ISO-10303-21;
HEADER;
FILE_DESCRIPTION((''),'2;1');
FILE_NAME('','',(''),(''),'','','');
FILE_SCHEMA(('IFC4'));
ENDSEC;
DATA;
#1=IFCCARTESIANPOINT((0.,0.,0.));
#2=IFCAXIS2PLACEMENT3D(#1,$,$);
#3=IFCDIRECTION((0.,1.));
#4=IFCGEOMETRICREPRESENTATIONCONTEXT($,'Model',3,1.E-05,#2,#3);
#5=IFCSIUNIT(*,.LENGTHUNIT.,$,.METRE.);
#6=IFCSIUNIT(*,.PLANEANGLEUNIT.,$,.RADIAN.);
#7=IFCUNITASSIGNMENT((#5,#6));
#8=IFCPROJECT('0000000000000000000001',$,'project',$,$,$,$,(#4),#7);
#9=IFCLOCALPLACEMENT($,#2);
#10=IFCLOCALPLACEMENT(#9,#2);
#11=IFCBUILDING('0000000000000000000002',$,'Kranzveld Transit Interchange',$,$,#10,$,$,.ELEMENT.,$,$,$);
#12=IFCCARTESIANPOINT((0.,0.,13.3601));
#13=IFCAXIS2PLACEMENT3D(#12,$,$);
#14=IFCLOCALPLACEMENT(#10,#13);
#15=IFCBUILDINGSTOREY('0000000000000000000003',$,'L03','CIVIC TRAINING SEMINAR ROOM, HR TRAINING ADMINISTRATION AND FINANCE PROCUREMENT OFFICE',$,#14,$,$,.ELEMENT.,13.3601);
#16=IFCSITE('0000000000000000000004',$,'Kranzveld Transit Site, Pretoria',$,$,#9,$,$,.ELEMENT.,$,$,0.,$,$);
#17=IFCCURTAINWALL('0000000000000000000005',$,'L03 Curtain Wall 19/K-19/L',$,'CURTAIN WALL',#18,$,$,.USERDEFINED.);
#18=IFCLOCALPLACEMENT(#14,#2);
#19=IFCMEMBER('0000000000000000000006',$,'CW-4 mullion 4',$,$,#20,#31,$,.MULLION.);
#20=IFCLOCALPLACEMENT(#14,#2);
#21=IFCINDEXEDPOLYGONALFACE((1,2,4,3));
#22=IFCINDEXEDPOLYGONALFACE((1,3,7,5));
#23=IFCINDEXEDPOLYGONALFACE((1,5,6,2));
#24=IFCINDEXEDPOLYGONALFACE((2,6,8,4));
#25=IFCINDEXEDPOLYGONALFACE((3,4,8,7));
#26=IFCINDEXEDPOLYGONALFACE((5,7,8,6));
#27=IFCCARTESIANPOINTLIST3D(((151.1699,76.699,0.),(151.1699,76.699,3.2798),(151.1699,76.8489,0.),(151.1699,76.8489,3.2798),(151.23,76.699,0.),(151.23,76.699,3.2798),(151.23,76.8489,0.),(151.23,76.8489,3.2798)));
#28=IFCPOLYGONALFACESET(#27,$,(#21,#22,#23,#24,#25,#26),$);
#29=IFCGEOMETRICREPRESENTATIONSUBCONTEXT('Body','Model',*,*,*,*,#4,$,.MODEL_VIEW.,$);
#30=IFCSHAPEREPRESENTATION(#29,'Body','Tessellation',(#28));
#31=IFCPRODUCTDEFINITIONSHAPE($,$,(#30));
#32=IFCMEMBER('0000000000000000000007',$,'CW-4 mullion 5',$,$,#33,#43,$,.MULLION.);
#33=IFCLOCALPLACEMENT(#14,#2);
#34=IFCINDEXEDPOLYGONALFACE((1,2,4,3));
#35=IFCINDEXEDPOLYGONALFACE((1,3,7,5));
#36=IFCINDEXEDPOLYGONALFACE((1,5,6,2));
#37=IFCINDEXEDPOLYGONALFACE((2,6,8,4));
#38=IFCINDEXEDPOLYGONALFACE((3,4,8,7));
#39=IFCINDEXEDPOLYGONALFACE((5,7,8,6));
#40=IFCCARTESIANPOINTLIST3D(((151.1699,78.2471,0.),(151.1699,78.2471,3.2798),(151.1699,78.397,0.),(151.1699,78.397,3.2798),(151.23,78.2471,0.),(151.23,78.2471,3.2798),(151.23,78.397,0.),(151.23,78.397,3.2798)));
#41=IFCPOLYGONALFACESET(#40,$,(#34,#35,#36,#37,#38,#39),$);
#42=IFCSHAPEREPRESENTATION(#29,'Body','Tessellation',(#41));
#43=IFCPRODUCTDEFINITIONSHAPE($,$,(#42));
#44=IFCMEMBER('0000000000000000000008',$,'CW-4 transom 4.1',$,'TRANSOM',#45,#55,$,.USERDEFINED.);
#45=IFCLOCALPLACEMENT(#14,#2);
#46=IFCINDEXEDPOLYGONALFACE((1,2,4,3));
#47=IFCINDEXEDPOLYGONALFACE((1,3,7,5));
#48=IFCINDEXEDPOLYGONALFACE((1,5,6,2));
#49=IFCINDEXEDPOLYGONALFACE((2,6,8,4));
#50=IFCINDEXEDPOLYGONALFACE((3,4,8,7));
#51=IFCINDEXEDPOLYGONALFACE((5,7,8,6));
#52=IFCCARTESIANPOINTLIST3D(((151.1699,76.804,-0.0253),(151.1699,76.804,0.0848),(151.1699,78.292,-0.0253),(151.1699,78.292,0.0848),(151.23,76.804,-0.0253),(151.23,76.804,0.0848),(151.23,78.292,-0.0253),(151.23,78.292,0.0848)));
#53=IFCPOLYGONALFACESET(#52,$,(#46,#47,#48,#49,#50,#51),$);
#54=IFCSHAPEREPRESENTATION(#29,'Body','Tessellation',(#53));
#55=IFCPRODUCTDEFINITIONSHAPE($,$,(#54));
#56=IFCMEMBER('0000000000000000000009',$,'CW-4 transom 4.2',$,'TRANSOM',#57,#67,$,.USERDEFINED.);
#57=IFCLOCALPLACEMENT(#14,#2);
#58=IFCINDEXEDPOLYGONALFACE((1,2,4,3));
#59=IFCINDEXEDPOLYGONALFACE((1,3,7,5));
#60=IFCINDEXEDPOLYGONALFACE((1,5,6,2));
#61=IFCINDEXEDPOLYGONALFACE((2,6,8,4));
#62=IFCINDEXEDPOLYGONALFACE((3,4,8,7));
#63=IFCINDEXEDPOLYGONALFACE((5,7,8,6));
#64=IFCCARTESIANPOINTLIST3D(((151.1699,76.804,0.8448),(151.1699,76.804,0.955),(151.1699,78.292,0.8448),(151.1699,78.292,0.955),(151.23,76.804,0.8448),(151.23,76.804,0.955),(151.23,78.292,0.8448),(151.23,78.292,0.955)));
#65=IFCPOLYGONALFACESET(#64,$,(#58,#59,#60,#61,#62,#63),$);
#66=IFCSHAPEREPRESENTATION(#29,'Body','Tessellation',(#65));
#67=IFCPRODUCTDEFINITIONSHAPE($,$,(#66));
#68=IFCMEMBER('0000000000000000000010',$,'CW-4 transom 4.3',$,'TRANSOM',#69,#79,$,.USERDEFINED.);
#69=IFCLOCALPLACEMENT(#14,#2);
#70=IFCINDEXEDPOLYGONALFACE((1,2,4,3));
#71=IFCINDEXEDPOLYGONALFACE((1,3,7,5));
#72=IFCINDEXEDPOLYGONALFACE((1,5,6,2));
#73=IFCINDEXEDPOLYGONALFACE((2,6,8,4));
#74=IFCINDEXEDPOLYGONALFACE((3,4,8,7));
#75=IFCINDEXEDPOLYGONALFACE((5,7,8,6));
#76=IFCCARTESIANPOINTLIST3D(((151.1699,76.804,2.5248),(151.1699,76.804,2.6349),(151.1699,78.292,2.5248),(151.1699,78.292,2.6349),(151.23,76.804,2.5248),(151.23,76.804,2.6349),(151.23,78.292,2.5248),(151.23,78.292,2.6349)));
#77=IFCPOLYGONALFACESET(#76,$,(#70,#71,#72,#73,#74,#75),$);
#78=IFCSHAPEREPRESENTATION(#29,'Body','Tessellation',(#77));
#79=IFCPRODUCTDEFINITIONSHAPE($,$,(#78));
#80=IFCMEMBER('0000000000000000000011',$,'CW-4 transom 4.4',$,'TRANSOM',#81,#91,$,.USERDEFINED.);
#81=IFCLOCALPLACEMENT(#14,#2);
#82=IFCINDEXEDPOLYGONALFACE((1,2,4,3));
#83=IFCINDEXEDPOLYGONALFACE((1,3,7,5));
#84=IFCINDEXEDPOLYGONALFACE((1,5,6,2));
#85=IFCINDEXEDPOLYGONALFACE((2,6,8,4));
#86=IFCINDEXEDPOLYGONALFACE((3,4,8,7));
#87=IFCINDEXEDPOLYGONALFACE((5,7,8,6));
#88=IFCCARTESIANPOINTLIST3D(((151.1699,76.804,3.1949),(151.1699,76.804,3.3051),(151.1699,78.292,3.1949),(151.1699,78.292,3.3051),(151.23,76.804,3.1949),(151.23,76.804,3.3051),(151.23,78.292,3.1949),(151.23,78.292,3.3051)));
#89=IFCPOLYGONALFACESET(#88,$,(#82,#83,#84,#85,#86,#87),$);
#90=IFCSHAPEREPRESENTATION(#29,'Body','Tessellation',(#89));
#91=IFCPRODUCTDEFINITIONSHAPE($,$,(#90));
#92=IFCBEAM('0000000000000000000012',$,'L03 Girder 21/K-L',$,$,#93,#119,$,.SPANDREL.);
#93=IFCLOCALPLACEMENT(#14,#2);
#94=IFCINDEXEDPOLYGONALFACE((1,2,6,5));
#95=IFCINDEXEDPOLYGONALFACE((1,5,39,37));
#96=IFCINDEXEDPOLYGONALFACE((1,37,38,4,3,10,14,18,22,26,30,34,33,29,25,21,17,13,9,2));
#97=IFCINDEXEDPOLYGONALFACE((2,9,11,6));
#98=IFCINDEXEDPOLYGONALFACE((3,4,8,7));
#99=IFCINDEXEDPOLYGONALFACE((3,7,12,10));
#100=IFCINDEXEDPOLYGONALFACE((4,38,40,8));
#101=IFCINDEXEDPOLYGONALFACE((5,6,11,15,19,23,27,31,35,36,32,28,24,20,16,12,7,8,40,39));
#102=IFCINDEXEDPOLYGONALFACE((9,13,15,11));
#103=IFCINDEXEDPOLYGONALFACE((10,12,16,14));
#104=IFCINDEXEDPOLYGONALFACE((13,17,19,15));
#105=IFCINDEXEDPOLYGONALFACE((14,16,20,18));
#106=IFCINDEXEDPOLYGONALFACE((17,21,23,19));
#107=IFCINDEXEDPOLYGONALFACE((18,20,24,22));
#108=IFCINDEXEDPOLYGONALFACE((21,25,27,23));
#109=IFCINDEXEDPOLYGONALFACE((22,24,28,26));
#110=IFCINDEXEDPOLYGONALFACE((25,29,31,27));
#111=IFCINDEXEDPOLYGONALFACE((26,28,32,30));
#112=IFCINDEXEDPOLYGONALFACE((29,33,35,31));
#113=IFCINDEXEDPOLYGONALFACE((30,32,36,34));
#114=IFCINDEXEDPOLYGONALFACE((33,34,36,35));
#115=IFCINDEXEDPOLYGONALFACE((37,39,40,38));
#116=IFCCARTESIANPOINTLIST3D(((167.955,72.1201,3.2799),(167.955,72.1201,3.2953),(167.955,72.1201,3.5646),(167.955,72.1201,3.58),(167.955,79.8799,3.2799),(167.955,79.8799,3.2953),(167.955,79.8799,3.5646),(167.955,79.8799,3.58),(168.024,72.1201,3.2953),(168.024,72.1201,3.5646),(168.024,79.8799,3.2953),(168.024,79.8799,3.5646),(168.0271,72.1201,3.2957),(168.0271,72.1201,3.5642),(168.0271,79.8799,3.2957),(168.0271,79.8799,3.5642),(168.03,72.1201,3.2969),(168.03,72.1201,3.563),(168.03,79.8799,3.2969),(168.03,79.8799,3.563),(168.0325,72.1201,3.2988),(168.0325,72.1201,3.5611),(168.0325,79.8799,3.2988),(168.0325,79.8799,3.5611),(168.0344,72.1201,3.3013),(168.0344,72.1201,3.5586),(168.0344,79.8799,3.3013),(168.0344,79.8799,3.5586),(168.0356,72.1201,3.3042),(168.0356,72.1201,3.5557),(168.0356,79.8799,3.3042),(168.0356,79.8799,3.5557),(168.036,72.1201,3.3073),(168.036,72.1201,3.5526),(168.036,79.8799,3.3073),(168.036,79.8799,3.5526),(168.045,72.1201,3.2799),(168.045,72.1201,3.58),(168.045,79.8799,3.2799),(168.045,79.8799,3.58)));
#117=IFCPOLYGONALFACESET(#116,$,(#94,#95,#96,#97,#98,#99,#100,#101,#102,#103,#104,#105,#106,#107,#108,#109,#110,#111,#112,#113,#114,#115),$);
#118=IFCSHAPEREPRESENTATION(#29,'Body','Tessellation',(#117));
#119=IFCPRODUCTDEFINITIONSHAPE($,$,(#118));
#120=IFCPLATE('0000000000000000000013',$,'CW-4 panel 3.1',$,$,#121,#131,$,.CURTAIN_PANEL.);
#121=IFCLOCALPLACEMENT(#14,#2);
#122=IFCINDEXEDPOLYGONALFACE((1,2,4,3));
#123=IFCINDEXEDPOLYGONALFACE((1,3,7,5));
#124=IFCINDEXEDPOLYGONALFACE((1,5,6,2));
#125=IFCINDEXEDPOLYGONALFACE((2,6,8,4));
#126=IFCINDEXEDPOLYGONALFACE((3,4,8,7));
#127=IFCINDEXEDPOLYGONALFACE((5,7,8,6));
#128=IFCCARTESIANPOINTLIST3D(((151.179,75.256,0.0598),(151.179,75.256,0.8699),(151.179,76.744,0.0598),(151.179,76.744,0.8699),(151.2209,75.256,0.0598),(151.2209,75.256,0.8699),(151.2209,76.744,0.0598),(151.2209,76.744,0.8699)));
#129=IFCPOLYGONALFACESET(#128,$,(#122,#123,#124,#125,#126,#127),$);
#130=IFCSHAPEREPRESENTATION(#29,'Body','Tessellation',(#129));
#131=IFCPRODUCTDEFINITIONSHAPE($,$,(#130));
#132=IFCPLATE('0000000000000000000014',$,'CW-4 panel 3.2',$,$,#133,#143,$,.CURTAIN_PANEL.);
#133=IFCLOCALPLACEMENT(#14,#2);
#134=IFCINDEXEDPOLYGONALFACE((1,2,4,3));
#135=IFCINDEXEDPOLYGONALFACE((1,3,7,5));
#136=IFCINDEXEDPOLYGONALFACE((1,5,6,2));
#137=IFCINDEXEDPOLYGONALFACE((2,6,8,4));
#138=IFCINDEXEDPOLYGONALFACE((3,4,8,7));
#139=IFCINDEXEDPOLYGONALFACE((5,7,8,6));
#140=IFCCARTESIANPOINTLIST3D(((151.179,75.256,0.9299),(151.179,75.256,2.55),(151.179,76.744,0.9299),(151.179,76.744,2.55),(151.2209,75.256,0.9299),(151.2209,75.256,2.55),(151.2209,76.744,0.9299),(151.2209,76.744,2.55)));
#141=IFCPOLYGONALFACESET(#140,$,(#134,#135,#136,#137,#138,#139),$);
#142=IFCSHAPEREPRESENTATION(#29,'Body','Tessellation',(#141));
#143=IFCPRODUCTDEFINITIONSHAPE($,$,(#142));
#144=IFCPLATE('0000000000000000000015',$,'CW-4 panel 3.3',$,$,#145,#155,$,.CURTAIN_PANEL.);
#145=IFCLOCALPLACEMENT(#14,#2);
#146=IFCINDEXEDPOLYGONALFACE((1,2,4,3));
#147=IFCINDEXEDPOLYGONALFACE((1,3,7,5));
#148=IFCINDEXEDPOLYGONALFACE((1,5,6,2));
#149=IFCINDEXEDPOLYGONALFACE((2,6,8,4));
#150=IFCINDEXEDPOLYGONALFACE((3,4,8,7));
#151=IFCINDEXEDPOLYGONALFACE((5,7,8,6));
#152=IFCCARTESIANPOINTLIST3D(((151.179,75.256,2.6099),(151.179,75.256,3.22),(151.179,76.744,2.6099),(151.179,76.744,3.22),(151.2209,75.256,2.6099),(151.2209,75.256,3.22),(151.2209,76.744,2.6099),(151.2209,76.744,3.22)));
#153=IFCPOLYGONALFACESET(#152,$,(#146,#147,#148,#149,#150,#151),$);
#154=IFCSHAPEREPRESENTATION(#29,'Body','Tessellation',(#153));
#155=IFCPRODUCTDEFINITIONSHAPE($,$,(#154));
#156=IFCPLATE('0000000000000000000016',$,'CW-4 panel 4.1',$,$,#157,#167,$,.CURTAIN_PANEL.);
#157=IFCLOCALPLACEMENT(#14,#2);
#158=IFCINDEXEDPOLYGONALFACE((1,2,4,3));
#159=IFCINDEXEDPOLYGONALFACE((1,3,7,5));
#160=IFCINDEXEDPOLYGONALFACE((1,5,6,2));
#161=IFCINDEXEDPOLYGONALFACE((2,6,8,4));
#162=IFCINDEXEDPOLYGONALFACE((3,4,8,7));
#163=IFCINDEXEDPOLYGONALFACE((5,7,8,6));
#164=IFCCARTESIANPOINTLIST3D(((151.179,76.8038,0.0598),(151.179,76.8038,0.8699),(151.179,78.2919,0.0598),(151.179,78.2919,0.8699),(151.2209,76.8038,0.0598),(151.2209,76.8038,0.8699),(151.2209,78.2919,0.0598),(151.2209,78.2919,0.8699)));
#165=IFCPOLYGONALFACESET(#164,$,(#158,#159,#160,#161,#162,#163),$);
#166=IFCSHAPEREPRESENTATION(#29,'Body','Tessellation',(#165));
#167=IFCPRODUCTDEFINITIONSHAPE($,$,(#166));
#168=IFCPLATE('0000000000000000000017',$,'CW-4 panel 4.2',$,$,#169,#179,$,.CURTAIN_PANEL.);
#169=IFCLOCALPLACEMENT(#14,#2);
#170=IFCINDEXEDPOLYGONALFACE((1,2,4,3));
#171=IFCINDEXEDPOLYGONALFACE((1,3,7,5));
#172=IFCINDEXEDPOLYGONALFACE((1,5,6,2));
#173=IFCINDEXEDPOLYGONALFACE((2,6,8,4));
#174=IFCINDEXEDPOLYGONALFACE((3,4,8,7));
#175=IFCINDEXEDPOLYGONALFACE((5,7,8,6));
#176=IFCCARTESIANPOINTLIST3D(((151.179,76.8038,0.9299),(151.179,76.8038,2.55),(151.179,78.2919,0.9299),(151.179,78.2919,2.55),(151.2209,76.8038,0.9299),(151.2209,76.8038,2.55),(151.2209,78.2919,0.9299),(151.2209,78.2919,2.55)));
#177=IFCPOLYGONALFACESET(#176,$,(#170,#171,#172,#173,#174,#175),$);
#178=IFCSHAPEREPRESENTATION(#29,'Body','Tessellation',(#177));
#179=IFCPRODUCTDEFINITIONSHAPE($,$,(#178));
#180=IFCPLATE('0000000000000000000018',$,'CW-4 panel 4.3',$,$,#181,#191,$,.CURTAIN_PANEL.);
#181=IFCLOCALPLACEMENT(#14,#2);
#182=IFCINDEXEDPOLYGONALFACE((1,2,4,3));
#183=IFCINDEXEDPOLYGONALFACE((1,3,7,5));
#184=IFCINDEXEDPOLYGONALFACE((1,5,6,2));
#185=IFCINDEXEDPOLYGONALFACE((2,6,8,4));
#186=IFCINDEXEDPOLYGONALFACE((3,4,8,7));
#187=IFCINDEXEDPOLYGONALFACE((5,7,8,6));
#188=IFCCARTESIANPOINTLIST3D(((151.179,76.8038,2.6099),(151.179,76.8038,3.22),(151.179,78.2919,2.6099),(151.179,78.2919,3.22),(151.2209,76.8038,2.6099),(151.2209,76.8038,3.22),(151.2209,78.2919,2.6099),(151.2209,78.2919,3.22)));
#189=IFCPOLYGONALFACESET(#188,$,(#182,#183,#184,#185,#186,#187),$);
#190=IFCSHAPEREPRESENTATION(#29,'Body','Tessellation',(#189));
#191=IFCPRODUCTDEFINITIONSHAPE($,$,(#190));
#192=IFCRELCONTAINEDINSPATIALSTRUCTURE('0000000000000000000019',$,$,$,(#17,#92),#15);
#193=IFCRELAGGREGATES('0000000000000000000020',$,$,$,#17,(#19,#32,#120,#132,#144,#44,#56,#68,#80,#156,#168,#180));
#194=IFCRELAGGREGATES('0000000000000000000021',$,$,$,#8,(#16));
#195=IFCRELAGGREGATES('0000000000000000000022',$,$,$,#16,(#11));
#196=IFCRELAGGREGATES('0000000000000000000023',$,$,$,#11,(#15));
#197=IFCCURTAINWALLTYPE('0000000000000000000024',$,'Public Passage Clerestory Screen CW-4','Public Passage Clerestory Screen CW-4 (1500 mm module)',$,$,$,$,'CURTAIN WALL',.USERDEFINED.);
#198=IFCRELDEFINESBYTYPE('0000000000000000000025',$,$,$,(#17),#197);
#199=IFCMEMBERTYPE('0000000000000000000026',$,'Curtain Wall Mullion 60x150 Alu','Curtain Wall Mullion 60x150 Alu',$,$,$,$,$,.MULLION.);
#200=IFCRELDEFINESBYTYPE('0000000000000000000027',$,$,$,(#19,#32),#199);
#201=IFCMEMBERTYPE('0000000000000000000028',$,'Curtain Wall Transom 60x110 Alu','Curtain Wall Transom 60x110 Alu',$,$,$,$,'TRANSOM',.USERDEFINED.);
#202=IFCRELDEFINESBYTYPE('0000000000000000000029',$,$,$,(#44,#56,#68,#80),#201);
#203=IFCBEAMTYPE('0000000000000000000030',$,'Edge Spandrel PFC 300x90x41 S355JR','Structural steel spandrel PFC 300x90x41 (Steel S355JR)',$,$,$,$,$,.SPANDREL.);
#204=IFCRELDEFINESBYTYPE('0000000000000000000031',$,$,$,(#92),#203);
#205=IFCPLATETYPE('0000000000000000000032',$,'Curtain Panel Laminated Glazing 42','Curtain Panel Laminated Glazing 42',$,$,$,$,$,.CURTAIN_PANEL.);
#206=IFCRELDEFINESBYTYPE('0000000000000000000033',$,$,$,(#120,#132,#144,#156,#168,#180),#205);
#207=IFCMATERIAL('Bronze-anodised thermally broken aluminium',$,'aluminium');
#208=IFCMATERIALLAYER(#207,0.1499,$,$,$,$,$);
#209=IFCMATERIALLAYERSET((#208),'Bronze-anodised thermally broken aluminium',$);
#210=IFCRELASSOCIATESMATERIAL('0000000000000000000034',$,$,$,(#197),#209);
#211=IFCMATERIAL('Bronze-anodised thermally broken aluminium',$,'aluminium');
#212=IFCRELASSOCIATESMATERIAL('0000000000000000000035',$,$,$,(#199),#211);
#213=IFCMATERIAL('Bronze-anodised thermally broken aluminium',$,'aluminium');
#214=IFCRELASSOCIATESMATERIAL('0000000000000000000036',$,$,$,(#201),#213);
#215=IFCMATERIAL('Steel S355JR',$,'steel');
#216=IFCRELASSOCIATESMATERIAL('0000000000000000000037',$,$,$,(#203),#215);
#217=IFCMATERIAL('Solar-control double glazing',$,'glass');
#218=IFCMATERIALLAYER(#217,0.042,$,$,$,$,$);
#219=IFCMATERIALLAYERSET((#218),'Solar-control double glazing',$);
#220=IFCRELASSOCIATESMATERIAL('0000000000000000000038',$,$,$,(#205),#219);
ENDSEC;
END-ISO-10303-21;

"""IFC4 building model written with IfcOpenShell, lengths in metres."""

from ifc_helpers import new_model, si_unit, direction, frame, origin, origin_2d, place, context, subcontext, project, spatial, rectangle, u_section, extrude, material, layer, layer_set, material_profile, profile_set, type_object, element, aggregate, save


model = new_model("IFC4")

# Units and contexts
model_context = context("Model", 3, precision=1e-05, world=origin(), true_north=direction((0.0, 1.0)))
body_context = subcontext(model_context, "Body", "Model", "MODEL_VIEW")
ifc_project = project(units=[si_unit("LENGTHUNIT", "METRE"), si_unit("PLANEANGLEUNIT", "RADIAN")], contexts=[model_context])

# Site, building, storey
site_placement = place(None, origin())
site = spatial("IfcSite", under=ifc_project, at=site_placement, Name="Kranzveld Transit Site, Pretoria", CompositionType="ELEMENT", RefElevation=0.0)
building_placement = place(site_placement, origin())
building = spatial("IfcBuilding", under=site, at=building_placement, Name="Kranzveld Transit Interchange", CompositionType="ELEMENT")
storey_placement = place(building_placement, frame((0.0, 0.0, 13.3601)))
storey = spatial("IfcBuildingStorey", under=building, at=storey_placement, Name="L03", Description="CIVIC TRAINING SEMINAR ROOM, HR TRAINING ADMINISTRATION AND FINANCE PROCUREMENT OFFICE", CompositionType="ELEMENT", Elevation=13.3601)

# Curtain wall, members
ifc_material_1 = material(Name="Bronze-anodised thermally broken aluminium", Category="aluminium")
ifc_layer_1 = layer(ifc_material_1, 0.1499)
ifc_layer_set_1 = layer_set([ifc_layer_1], Name="Bronze-anodised thermally broken aluminium")
curtain_wall_type = type_object("IfcCurtainWallType", Name="Public Passage Clerestory Screen CW-4", Description="Public Passage Clerestory Screen CW-4 (1500 mm module)", ElementType="CURTAIN WALL", PredefinedType="USERDEFINED", material=ifc_layer_set_1)
curtain_wall_placement = place(storey_placement, origin())
curtain_wall = element("IfcCurtainWall", 1, at=curtain_wall_placement, inside=storey, type_object=curtain_wall_type, Name="L03 Curtain Wall 19/K-19/L", ObjectType="CURTAIN WALL", PredefinedType="USERDEFINED")
ifc_material_2 = material(Name="Bronze-anodised thermally broken aluminium", Category="aluminium")
ifc_material_profile_1 = material_profile(ifc_material_2, rectangle(XDim=0.0601, YDim=0.1499, at=origin_2d()), Name="ALU MULLION 60x150")
ifc_profile_set_1 = profile_set([ifc_material_profile_1], Name="Bronze-anodised thermally broken aluminium")
member_type_1 = type_object("IfcMemberType", Name="Curtain Wall Mullion 60x150 Alu", Description="Curtain Wall Mullion 60x150 Alu", PredefinedType="MULLION", material=ifc_profile_set_1)
member_1_placement = place(storey_placement, frame((151.2, 76.7739, 0.0), z_axis=(0.0, 0.0, 1.0), x_axis=(-1.0, 0.0, 0.0)))
member_1 = element("IfcMember", 2, at=member_1_placement, type_object=member_type_1, Name="CW-4 mullion 4", PredefinedType="MULLION", context=body_context, shape_type="SweptSolid", body=[
    extrude(rectangle(XDim=0.0601, YDim=0.1499, at=origin_2d()), origin(), (0.0, 0.0, 1.0), 3.2798),
])
member_2_placement = place(storey_placement, frame((151.2, 78.322, 0.0), z_axis=(0.0, 0.0, 1.0), x_axis=(-1.0, 0.0, 0.0)))
member_2 = element("IfcMember", 3, at=member_2_placement, type_object=member_type_1, Name="CW-4 mullion 5", PredefinedType="MULLION", context=body_context, shape_type="SweptSolid", body=[
    extrude(rectangle(XDim=0.0601, YDim=0.1499, at=origin_2d()), origin(), (0.0, 0.0, 1.0), 3.2798),
])
ifc_material_3 = material(Name="Bronze-anodised thermally broken aluminium", Category="aluminium")
ifc_material_profile_2 = material_profile(ifc_material_3, rectangle(XDim=0.0601, YDim=0.1101, at=origin_2d()), Name="ALU TRANSOM 60x110")
ifc_profile_set_2 = profile_set([ifc_material_profile_2], Name="Bronze-anodised thermally broken aluminium")
member_type_2 = type_object("IfcMemberType", Name="Curtain Wall Transom 60x110 Alu", Description="Curtain Wall Transom 60x110 Alu", ElementType="TRANSOM", PredefinedType="USERDEFINED", material=ifc_profile_set_2)
member_3_placement = place(storey_placement, frame((151.2, 76.804, 0.0298), z_axis=(0.0, 1.0, 0.0), x_axis=(-1.0, 0.0, 0.0)))
member_3 = element("IfcMember", 4, at=member_3_placement, type_object=member_type_2, Name="CW-4 transom 4.1", ObjectType="TRANSOM", PredefinedType="USERDEFINED", context=body_context, shape_type="SweptSolid", body=[
    extrude(rectangle(XDim=0.0601, YDim=0.1101, at=origin_2d()), origin(), (0.0, 0.0, 1.0), 1.488),
])
member_4_placement = place(storey_placement, frame((151.2, 76.804, 0.8999), z_axis=(0.0, 1.0, 0.0), x_axis=(-1.0, 0.0, 0.0)))
member_4 = element("IfcMember", 5, at=member_4_placement, type_object=member_type_2, Name="CW-4 transom 4.2", ObjectType="TRANSOM", PredefinedType="USERDEFINED", context=body_context, shape_type="SweptSolid", body=[
    extrude(rectangle(XDim=0.0601, YDim=0.1101, at=origin_2d()), origin(), (0.0, 0.0, 1.0), 1.488),
])
member_5_placement = place(storey_placement, frame((151.2, 76.804, 2.5798), z_axis=(0.0, 1.0, 0.0), x_axis=(-1.0, 0.0, 0.0)))
member_5 = element("IfcMember", 6, at=member_5_placement, type_object=member_type_2, Name="CW-4 transom 4.3", ObjectType="TRANSOM", PredefinedType="USERDEFINED", context=body_context, shape_type="SweptSolid", body=[
    extrude(rectangle(XDim=0.0601, YDim=0.1101, at=origin_2d()), origin(), (0.0, 0.0, 1.0), 1.488),
])
member_6_placement = place(storey_placement, frame((151.2, 76.804, 3.25), z_axis=(0.0, 1.0, 0.0), x_axis=(-1.0, 0.0, 0.0)))
member_6 = element("IfcMember", 7, at=member_6_placement, type_object=member_type_2, Name="CW-4 transom 4.4", ObjectType="TRANSOM", PredefinedType="USERDEFINED", context=body_context, shape_type="SweptSolid", body=[
    extrude(rectangle(XDim=0.0601, YDim=0.1101, at=origin_2d()), origin(), (0.0, 0.0, 1.0), 1.488),
])

# Beam
ifc_material_4 = material(Name="Steel S355JR", Category="steel")
ifc_material_profile_3 = material_profile(ifc_material_4, u_section(Depth=0.3, FlangeWidth=0.0901, WebThickness=0.009, FlangeThickness=0.0154, FilletRadius=0.012, at=origin_2d()), Name="PFC 300x90x41")
ifc_profile_set_3 = profile_set([ifc_material_profile_3], Name="Steel S355JR")
beam_type_1 = type_object("IfcBeamType", Name="Edge Spandrel PFC 300x90x41 S355JR", Description="Structural steel spandrel PFC 300x90x41 (Steel S355JR)", PredefinedType="SPANDREL", material=ifc_profile_set_3)
beam_placement = place(storey_placement, frame((168.0, 72.1201, 3.4299), z_axis=(0.0, 1.0, 0.0), x_axis=(-1.0, 0.0, 0.0)))
element("IfcBeam", 8, at=beam_placement, inside=storey, type_object=beam_type_1, Name="L03 Girder 21/K-L", PredefinedType="SPANDREL", context=body_context, shape_type="SweptSolid", body=[
    extrude(u_section(Depth=0.3, FlangeWidth=0.0901, WebThickness=0.009, FlangeThickness=0.0154, FilletRadius=0.012, at=origin_2d()), origin(), (0.0, 0.0, 1.0), 7.7598),
])

# Plates
ifc_material_5 = material(Name="Solar-control double glazing", Category="glass")
ifc_layer_2 = layer(ifc_material_5, 0.042)
ifc_layer_set_2 = layer_set([ifc_layer_2], Name="Solar-control double glazing")
plate_type = type_object("IfcPlateType", Name="Curtain Panel Laminated Glazing 42", Description="Curtain Panel Laminated Glazing 42", PredefinedType="CURTAIN_PANEL", material=ifc_layer_set_2)
plate_1_placement = place(storey_placement, frame((151.2, 76.0, 0.0598), z_axis=(0.0, 0.0, 1.0), x_axis=(0.0, 1.0, 0.0)))
plate_1 = element("IfcPlate", 9, at=plate_1_placement, type_object=plate_type, Name="CW-4 panel 3.1", PredefinedType="CURTAIN_PANEL", context=body_context, shape_type="SweptSolid", body=[
    extrude(rectangle(XDim=1.488, YDim=0.042, at=origin_2d()), origin(), (0.0, 0.0, 1.0), 0.8101),
])
plate_2_placement = place(storey_placement, frame((151.2, 76.0, 0.9299), z_axis=(0.0, 0.0, 1.0), x_axis=(0.0, 1.0, 0.0)))
plate_2 = element("IfcPlate", 10, at=plate_2_placement, type_object=plate_type, Name="CW-4 panel 3.2", PredefinedType="CURTAIN_PANEL", context=body_context, shape_type="SweptSolid", body=[
    extrude(rectangle(XDim=1.488, YDim=0.042, at=origin_2d()), origin(), (0.0, 0.0, 1.0), 1.6201),
])
plate_3_placement = place(storey_placement, frame((151.2, 76.0, 2.6099), z_axis=(0.0, 0.0, 1.0), x_axis=(0.0, 1.0, 0.0)))
plate_3 = element("IfcPlate", 11, at=plate_3_placement, type_object=plate_type, Name="CW-4 panel 3.3", PredefinedType="CURTAIN_PANEL", context=body_context, shape_type="SweptSolid", body=[
    extrude(rectangle(XDim=1.488, YDim=0.042, at=origin_2d()), origin(), (0.0, 0.0, 1.0), 0.6101),
])
plate_4_placement = place(storey_placement, frame((151.2, 77.5479, 0.0598), z_axis=(0.0, 0.0, 1.0), x_axis=(0.0, 1.0, 0.0)))
plate_4 = element("IfcPlate", 12, at=plate_4_placement, type_object=plate_type, Name="CW-4 panel 4.1", PredefinedType="CURTAIN_PANEL", context=body_context, shape_type="SweptSolid", body=[
    extrude(rectangle(XDim=1.488, YDim=0.042, at=origin_2d()), origin(), (0.0, 0.0, 1.0), 0.8101),
])
plate_5_placement = place(storey_placement, frame((151.2, 77.5479, 0.9299), z_axis=(0.0, 0.0, 1.0), x_axis=(0.0, 1.0, 0.0)))
plate_5 = element("IfcPlate", 13, at=plate_5_placement, type_object=plate_type, Name="CW-4 panel 4.2", PredefinedType="CURTAIN_PANEL", context=body_context, shape_type="SweptSolid", body=[
    extrude(rectangle(XDim=1.488, YDim=0.042, at=origin_2d()), origin(), (0.0, 0.0, 1.0), 1.6201),
])
plate_6_placement = place(storey_placement, frame((151.2, 77.5479, 2.6099), z_axis=(0.0, 0.0, 1.0), x_axis=(0.0, 1.0, 0.0)))
plate_6 = element("IfcPlate", 14, at=plate_6_placement, type_object=plate_type, Name="CW-4 panel 4.3", PredefinedType="CURTAIN_PANEL", context=body_context, shape_type="SweptSolid", body=[
    extrude(rectangle(XDim=1.488, YDim=0.042, at=origin_2d()), origin(), (0.0, 0.0, 1.0), 0.6101),
])
aggregate(curtain_wall, [member_1, member_2, plate_1, plate_2, plate_3, member_3, member_4, member_5, member_6, plate_4, plate_5, plate_6])

save(model, "model.ifc")
